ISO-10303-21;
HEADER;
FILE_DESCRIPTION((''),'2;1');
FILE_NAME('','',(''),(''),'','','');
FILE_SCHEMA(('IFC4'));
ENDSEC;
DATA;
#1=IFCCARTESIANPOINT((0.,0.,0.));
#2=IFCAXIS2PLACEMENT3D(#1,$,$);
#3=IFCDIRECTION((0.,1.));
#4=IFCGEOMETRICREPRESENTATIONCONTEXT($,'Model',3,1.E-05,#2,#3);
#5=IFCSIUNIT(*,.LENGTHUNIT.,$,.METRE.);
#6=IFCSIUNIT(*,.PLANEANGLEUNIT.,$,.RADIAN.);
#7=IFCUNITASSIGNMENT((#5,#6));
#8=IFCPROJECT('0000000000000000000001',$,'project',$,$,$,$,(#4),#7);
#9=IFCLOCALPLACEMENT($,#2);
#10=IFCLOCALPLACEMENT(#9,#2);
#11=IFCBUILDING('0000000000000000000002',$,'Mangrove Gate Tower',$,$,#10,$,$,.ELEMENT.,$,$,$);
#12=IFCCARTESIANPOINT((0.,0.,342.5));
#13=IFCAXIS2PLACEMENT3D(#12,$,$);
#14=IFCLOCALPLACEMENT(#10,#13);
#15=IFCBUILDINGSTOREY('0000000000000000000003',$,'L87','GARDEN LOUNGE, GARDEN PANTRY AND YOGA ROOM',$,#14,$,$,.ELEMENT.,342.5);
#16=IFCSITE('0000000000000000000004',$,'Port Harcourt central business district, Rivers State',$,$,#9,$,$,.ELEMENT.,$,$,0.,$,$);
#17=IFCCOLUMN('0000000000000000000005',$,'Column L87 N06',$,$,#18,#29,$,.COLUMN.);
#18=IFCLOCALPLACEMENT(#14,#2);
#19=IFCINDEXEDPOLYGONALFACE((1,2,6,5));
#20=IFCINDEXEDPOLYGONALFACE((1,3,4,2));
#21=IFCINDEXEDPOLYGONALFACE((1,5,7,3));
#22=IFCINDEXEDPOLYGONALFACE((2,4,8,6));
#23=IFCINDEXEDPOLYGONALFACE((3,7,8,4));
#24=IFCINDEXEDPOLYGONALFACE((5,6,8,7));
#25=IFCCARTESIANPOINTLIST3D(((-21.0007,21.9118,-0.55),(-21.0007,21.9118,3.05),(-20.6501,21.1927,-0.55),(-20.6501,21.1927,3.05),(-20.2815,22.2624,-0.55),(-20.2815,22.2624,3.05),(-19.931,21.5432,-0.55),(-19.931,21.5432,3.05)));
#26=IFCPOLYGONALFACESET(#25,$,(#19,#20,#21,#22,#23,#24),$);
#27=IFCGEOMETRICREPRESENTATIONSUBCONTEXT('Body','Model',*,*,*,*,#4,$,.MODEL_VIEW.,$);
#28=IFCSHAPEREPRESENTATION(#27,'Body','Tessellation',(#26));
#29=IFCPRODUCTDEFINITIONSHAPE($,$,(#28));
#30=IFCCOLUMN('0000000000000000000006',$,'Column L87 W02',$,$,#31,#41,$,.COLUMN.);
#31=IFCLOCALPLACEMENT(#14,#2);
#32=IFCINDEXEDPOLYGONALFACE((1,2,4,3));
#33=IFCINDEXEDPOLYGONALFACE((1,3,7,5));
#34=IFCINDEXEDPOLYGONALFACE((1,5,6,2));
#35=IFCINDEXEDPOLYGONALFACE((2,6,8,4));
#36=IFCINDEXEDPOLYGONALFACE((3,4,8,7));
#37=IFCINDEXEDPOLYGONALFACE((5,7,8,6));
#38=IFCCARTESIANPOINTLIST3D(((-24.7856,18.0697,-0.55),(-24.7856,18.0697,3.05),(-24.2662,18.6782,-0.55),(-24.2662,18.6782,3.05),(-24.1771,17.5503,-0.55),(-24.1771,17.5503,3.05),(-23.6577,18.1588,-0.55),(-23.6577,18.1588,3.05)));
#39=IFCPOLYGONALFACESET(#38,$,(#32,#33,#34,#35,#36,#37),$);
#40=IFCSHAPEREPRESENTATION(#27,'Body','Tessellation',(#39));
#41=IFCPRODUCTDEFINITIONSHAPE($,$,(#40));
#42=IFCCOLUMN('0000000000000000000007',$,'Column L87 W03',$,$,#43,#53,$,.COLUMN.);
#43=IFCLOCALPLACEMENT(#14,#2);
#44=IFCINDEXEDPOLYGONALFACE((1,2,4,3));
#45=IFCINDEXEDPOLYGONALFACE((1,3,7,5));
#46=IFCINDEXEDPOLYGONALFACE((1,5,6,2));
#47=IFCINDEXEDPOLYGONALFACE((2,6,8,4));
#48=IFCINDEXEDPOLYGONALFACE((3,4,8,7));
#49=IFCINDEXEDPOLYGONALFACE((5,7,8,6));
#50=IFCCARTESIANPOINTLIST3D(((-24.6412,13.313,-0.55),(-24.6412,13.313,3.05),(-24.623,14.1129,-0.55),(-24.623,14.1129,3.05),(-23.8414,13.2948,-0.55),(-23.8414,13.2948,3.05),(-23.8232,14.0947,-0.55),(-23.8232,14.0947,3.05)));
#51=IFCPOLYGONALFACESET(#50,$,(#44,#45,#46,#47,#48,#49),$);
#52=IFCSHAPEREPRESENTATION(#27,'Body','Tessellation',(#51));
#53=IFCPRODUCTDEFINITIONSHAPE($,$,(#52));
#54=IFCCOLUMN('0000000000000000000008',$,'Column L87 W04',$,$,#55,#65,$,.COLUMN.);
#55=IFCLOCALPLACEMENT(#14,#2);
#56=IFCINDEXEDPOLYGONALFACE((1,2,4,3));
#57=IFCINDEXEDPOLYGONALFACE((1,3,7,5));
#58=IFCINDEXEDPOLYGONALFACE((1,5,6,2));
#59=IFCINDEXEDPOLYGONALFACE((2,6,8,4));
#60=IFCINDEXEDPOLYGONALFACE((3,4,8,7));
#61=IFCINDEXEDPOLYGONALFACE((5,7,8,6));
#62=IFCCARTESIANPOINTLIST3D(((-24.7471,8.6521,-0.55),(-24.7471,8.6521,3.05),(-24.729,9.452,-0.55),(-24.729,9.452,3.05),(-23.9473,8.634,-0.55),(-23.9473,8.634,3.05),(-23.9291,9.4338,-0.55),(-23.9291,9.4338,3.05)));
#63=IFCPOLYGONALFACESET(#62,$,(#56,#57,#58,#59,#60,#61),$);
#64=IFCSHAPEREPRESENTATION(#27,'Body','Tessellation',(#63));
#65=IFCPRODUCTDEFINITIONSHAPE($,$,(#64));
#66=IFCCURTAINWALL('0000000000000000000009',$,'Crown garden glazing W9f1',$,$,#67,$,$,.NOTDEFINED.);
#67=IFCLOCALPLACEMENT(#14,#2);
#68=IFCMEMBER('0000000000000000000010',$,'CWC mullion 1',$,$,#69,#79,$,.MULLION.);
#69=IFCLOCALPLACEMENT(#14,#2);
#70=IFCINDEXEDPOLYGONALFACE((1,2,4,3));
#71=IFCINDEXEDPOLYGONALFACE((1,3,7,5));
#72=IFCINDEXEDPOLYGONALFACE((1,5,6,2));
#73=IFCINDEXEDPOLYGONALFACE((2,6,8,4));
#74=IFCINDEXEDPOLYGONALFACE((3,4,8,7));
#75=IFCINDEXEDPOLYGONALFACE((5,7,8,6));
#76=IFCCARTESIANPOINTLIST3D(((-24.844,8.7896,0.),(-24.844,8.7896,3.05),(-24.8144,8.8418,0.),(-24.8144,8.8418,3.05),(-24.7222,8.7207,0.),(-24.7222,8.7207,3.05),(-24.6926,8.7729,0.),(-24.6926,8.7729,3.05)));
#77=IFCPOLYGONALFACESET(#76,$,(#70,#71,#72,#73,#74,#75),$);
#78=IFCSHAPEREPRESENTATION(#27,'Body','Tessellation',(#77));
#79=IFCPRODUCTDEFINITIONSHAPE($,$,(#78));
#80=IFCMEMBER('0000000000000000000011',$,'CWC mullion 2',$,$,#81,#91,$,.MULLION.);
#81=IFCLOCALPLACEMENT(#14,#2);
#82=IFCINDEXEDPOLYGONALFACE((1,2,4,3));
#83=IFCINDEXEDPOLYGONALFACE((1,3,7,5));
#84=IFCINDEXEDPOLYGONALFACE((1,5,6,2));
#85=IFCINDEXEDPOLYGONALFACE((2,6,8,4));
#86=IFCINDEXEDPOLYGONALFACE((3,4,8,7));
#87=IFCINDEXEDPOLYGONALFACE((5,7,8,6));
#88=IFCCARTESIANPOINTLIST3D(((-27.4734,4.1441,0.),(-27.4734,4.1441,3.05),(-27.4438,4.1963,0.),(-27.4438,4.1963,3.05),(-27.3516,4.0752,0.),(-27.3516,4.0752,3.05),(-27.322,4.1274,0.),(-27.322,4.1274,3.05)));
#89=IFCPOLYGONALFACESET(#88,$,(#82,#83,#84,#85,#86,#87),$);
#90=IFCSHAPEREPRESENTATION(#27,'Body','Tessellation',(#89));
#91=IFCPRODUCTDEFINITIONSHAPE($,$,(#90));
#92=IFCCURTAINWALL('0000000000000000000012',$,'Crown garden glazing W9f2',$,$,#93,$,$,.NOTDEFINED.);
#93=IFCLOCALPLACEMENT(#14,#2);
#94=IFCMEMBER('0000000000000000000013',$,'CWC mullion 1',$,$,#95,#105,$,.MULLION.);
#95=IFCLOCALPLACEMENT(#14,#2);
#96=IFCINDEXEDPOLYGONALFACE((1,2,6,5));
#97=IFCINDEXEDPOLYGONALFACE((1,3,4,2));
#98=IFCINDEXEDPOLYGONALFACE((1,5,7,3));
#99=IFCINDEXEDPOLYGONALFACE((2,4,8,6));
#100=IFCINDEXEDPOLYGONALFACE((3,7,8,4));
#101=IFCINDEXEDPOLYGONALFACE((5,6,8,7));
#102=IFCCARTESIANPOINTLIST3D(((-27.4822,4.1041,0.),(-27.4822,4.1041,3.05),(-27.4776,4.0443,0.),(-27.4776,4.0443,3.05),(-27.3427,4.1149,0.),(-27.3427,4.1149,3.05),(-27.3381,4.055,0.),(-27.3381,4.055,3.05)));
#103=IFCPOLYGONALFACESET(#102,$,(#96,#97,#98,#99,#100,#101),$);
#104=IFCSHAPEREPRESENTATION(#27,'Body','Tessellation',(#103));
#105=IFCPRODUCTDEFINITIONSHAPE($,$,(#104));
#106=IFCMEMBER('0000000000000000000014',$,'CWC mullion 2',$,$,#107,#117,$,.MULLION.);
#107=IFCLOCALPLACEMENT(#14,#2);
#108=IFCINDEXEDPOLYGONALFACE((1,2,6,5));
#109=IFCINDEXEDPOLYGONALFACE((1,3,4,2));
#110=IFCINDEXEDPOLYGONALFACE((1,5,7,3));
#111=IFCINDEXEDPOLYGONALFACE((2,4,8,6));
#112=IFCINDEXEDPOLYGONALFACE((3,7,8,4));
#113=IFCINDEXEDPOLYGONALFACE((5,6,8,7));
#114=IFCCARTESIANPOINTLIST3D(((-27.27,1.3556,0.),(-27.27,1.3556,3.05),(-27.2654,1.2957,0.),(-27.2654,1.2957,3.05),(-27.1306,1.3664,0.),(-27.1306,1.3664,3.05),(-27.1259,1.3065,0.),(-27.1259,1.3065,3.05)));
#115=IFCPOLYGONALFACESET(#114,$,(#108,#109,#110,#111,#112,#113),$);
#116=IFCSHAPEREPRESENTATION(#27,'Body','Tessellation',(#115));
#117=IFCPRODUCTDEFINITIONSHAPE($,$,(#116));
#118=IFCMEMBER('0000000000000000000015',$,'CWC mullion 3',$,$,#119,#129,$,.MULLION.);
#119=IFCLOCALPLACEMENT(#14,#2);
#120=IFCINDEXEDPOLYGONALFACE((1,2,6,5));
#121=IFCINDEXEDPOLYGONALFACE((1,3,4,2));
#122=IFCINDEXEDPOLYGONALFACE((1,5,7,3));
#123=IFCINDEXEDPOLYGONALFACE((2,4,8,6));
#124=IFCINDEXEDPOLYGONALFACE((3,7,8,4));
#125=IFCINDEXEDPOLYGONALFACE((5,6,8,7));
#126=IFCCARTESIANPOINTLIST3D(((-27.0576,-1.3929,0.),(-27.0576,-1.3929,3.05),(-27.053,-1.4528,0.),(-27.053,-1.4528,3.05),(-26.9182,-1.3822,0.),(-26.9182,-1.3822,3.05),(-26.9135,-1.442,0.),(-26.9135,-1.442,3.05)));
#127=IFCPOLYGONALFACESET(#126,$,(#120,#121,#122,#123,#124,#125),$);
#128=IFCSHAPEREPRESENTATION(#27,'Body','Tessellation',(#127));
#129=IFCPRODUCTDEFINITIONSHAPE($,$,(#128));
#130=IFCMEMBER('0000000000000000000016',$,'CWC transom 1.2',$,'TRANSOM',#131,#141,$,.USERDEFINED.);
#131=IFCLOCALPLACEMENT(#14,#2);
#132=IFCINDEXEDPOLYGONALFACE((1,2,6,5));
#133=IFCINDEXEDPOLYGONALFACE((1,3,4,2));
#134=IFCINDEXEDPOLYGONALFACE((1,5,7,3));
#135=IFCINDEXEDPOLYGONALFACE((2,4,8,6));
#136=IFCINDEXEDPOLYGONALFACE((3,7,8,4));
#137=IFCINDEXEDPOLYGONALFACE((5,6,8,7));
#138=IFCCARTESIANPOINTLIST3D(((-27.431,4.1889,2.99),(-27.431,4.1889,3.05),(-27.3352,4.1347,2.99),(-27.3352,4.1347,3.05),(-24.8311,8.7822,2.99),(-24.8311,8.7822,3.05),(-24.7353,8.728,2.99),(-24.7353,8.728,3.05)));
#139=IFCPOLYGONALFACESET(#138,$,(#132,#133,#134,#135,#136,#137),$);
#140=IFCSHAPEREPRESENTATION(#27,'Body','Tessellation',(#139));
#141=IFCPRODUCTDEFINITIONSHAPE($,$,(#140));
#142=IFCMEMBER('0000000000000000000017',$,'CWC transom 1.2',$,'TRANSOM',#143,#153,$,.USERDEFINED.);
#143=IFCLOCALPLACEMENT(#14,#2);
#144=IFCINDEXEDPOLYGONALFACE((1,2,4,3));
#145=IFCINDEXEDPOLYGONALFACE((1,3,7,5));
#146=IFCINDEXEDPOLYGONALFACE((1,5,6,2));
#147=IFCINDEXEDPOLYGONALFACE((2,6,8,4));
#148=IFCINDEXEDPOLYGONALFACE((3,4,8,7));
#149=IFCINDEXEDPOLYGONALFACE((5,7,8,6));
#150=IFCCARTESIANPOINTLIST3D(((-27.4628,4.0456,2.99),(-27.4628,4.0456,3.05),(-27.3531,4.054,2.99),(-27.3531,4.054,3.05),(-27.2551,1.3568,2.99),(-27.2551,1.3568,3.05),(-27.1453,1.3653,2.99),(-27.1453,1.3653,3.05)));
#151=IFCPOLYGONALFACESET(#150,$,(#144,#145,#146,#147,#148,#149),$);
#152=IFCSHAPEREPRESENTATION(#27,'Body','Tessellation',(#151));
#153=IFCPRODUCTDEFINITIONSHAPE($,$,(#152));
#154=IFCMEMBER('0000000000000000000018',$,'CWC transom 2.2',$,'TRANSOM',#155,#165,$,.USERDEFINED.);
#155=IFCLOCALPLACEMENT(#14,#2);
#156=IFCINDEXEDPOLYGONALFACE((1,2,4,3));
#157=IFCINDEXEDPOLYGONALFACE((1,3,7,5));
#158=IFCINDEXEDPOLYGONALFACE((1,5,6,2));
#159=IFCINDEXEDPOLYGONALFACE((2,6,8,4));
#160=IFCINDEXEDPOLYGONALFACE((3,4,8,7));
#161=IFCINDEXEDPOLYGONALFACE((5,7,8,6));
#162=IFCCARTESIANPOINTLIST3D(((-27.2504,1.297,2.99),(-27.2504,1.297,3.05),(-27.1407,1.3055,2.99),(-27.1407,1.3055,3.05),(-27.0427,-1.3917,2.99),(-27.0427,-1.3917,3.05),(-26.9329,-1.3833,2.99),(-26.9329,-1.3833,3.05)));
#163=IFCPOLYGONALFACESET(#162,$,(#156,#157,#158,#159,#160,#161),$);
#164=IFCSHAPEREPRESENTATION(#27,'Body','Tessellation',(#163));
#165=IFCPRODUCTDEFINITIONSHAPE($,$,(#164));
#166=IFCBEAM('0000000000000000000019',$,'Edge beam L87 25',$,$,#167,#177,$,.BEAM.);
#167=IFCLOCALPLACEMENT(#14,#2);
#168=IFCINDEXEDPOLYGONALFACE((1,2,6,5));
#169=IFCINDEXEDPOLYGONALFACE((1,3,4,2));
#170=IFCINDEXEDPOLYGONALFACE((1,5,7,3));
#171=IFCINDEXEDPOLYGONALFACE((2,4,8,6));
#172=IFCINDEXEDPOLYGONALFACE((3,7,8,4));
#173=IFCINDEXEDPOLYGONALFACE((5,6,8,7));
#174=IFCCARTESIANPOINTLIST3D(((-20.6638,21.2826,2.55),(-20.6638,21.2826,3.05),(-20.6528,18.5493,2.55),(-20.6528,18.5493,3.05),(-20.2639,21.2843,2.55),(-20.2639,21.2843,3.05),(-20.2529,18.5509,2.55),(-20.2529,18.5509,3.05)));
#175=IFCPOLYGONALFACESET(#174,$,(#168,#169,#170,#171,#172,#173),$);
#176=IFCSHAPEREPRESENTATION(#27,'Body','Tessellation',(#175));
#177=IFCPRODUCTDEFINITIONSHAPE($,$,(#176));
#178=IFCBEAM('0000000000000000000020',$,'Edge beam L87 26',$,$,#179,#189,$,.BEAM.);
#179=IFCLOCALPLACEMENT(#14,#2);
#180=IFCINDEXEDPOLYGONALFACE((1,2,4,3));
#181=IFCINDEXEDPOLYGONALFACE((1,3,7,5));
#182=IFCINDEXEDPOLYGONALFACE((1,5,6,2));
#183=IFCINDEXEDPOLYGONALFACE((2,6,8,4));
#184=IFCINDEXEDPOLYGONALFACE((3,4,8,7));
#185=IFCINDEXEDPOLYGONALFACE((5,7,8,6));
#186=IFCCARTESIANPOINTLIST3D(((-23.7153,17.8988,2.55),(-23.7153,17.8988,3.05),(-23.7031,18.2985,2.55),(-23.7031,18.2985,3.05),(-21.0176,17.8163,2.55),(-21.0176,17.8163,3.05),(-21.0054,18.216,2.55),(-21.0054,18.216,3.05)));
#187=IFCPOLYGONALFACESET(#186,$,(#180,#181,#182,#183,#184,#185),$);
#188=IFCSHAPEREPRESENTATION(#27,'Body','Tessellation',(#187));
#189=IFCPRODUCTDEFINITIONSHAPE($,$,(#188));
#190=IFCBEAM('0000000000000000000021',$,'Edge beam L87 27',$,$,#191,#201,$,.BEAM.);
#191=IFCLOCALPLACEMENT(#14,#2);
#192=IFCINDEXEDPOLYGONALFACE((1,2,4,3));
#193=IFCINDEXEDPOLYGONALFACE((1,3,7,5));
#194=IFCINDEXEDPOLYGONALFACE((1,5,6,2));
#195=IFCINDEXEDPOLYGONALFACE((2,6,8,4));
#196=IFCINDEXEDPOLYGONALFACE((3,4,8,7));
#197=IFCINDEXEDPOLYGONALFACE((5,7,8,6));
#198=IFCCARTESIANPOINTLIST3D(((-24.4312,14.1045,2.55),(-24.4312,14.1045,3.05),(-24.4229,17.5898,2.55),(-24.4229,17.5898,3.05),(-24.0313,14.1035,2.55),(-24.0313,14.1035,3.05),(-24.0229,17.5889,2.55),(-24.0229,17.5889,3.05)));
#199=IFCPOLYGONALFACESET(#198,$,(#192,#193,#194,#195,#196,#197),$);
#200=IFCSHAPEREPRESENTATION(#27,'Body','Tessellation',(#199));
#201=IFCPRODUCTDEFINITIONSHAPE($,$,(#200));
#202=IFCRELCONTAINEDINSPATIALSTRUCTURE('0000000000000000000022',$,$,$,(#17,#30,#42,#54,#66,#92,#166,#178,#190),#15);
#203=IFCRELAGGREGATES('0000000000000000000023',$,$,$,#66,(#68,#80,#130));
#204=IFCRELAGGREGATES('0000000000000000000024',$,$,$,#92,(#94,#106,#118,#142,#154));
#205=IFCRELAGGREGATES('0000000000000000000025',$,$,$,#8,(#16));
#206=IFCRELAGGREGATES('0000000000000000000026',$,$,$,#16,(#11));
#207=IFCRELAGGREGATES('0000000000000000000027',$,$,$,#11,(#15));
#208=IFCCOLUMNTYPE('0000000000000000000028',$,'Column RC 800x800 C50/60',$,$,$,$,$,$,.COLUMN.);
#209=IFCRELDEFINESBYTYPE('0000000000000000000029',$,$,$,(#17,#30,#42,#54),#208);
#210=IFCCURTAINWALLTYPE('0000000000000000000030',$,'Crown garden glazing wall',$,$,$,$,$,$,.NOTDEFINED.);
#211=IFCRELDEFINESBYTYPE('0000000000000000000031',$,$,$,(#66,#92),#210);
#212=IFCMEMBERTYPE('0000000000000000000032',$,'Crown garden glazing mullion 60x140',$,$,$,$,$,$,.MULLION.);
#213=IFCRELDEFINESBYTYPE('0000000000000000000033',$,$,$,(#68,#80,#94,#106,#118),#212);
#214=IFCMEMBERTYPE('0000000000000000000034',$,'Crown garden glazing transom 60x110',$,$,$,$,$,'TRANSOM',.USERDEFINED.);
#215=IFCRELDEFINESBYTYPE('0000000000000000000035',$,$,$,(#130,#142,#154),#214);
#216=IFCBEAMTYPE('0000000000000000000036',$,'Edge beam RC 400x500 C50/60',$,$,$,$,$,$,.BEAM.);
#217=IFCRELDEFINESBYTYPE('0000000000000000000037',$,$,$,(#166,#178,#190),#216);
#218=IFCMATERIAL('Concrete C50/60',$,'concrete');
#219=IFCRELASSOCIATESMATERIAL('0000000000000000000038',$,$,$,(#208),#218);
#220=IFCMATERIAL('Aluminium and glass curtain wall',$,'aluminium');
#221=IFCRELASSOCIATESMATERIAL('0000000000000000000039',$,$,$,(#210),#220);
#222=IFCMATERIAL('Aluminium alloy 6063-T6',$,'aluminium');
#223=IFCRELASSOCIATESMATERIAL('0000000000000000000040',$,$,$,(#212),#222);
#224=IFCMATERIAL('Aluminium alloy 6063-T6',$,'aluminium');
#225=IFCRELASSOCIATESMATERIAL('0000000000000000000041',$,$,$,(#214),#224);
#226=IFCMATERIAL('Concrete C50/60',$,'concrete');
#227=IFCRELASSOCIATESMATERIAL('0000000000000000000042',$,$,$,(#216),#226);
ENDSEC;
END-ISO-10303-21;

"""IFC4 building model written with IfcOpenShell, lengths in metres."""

from ifc_helpers import new_model, si_unit, direction, frame, origin, origin_2d, place, context, subcontext, project, spatial, rectangle, extrude, material, material_profile, profile_set, type_object, element, aggregate, save


model = new_model("IFC4")

# Units and contexts
model_context = context("Model", 3, precision=1e-05, world=origin(), true_north=direction((0.0, 1.0)))
body_context = subcontext(model_context, "Body", "Model", "MODEL_VIEW")
ifc_project = project(units=[si_unit("LENGTHUNIT", "METRE"), si_unit("PLANEANGLEUNIT", "RADIAN")], contexts=[model_context])

# Site, building, storey
site_placement = place(None, origin())
site = spatial("IfcSite", under=ifc_project, at=site_placement, Name="Port Harcourt central business district, Rivers State", CompositionType="ELEMENT", RefElevation=0.0)
building_placement = place(site_placement, origin())
building = spatial("IfcBuilding", under=site, at=building_placement, Name="Mangrove Gate Tower", CompositionType="ELEMENT")
storey_placement = place(building_placement, frame((0.0, 0.0, 342.5)))
storey = spatial("IfcBuildingStorey", under=building, at=storey_placement, Name="L87", Description="GARDEN LOUNGE, GARDEN PANTRY AND YOGA ROOM", CompositionType="ELEMENT", Elevation=342.5)

# Columns
ifc_material_1 = material(Name="Concrete C50/60", Category="concrete")
ifc_material_profile_1 = material_profile(ifc_material_1, rectangle(XDim=0.8, YDim=0.8, at=origin_2d()))
ifc_profile_set_1 = profile_set([ifc_material_profile_1], Name="Concrete C50/60")
column_type = type_object("IfcColumnType", Name="Column RC 800x800 C50/60", PredefinedType="COLUMN", material=ifc_profile_set_1)
for number, where, z_axis, x_axis, name in (
    (1, (-20.4658, 21.7275, -0.55), (0.0, 0.0, 1.0), (-0.898894, -0.438167, 0.0), "Column L87 N06"),
    (2, (-24.2217, 18.1143, -0.55), (0.0, 0.0, 1.0), (-0.649215, -0.760605, 0.0), "Column L87 W02"),
    (3, (-24.2322, 13.7039, -0.55), (0.0, 0.0, 1.0), (-0.022736, -0.999742, 0.0), "Column L87 W03"),
    (4, (-24.3381, 9.043, -0.55), (0.0, 0.0, 1.0), (-0.022702, -0.999742, 0.0), "Column L87 W04"),
):
    element("IfcColumn", number, at=place(storey_placement, frame(where, z_axis=z_axis, x_axis=x_axis)), inside=storey, type_object=column_type, Name=name, PredefinedType="COLUMN", context=body_context, shape_type="SweptSolid", body=[
        extrude(rectangle(XDim=0.8, YDim=0.8, at=origin_2d()), origin(), (0.0, 0.0, 1.0), 3.6001),
    ])

# Curtain walls, members
ifc_material_2 = material(Name="Aluminium and glass curtain wall", Category="aluminium")
curtain_wall_type = type_object("IfcCurtainWallType", Name="Crown garden glazing wall", PredefinedType="NOTDEFINED", material=ifc_material_2)
curtain_wall_1_placement = place(storey_placement, origin())
curtain_wall_1 = element("IfcCurtainWall", 5, at=curtain_wall_1_placement, inside=storey, type_object=curtain_wall_type, Name="Crown garden glazing W9f1", PredefinedType="NOTDEFINED")
ifc_material_3 = material(Name="Aluminium alloy 6063-T6", Category="aluminium")
ifc_material_profile_2 = material_profile(ifc_material_3, rectangle(XDim=0.0601, YDim=0.1399, at=origin_2d()))
ifc_profile_set_2 = profile_set([ifc_material_profile_2], Name="Aluminium alloy 6063-T6")
member_type_1 = type_object("IfcMemberType", Name="Crown garden glazing mullion 60x140", PredefinedType="MULLION", material=ifc_profile_set_2)
member_1_placement = place(storey_placement, frame((-24.7683, 8.7812, 0.0), z_axis=(0.0, 0.0, 1.0), x_axis=(-0.492583, -0.870265, 0.0)))
member_1 = element("IfcMember", 6, at=member_1_placement, type_object=member_type_1, Name="CWC mullion 1", PredefinedType="MULLION", context=body_context, shape_type="SweptSolid", body=[
    extrude(rectangle(XDim=0.0601, YDim=0.1399, at=origin_2d()), origin(), (0.0, 0.0, 1.0), 3.05),
])
member_2_placement = place(storey_placement, frame((-27.3977, 4.1357, 0.0), z_axis=(0.0, 0.0, 1.0), x_axis=(-0.492583, -0.870265, 0.0)))
member_2 = element("IfcMember", 7, at=member_2_placement, type_object=member_type_1, Name="CWC mullion 2", PredefinedType="MULLION", context=body_context, shape_type="SweptSolid", body=[
    extrude(rectangle(XDim=0.0601, YDim=0.1399, at=origin_2d()), origin(), (0.0, 0.0, 1.0), 3.05),
])
curtain_wall_2_placement = place(storey_placement, origin())
curtain_wall_2 = element("IfcCurtainWall", 8, at=curtain_wall_2_placement, inside=storey, type_object=curtain_wall_type, Name="Crown garden glazing W9f2", PredefinedType="NOTDEFINED")
member_3_placement = place(storey_placement, frame((-27.4102, 4.0796, 0.0), z_axis=(0.0, 0.0, 1.0), x_axis=(0.077023, -0.997029, 0.0)))
member_3 = element("IfcMember", 9, at=member_3_placement, type_object=member_type_1, Name="CWC mullion 1", PredefinedType="MULLION", context=body_context, shape_type="SweptSolid", body=[
    extrude(rectangle(XDim=0.0601, YDim=0.1399, at=origin_2d()), origin(), (0.0, 0.0, 1.0), 3.05),
])
member_4_placement = place(storey_placement, frame((-27.198, 1.3311, 0.0), z_axis=(0.0, 0.0, 1.0), x_axis=(0.077023, -0.997029, 0.0)))
member_4 = element("IfcMember", 10, at=member_4_placement, type_object=member_type_1, Name="CWC mullion 2", PredefinedType="MULLION", context=body_context, shape_type="SweptSolid", body=[
    extrude(rectangle(XDim=0.0601, YDim=0.1399, at=origin_2d()), origin(), (0.0, 0.0, 1.0), 3.05),
])
member_5_placement = place(storey_placement, frame((-26.9856, -1.4175, 0.0), z_axis=(0.0, 0.0, 1.0), x_axis=(0.077023, -0.997029, 0.0)))
member_5 = element("IfcMember", 11, at=member_5_placement, type_object=member_type_1, Name="CWC mullion 3", PredefinedType="MULLION", context=body_context, shape_type="SweptSolid", body=[
    extrude(rectangle(XDim=0.0601, YDim=0.1399, at=origin_2d()), origin(), (0.0, 0.0, 1.0), 3.05),
])

# Members
ifc_material_4 = material(Name="Aluminium alloy 6063-T6", Category="aluminium")
ifc_material_profile_3 = material_profile(ifc_material_4, rectangle(XDim=0.0601, YDim=0.1101, at=origin_2d()))
ifc_profile_set_3 = profile_set([ifc_material_profile_3], Name="Aluminium alloy 6063-T6")
member_type_2 = type_object("IfcMemberType", Name="Crown garden glazing transom 60x110", ElementType="TRANSOM", PredefinedType="USERDEFINED", material=ifc_profile_set_3)
member_6_placement = place(storey_placement, frame((-24.7832, 8.7551, 3.02), z_axis=(-0.492583, -0.870265, 0.0), x_axis=(0.0, 0.0, 1.0)))
member_6 = element("IfcMember", 12, at=member_6_placement, type_object=member_type_2, Name="CWC transom 1.2", ObjectType="TRANSOM", PredefinedType="USERDEFINED", context=body_context, shape_type="SweptSolid", body=[
    extrude(rectangle(XDim=0.0601, YDim=0.1101, at=origin_2d()), origin(), (0.0, 0.0, 1.0), 5.2781),
])
member_7_placement = place(storey_placement, frame((-27.408, 4.0498, 3.02), z_axis=(0.077043, -0.997028, 0.0), x_axis=(0.0, 0.0, 1.0)))
member_7 = element("IfcMember", 13, at=member_7_placement, type_object=member_type_2, Name="CWC transom 1.2", ObjectType="TRANSOM", PredefinedType="USERDEFINED", context=body_context, shape_type="SweptSolid", body=[
    extrude(rectangle(XDim=0.0601, YDim=0.1101, at=origin_2d()), origin(), (0.0, 0.0, 1.0), 2.6968),
])
member_8_placement = place(storey_placement, frame((-27.1956, 1.3013, 3.02), z_axis=(0.077043, -0.997028, 0.0), x_axis=(0.0, 0.0, 1.0)))
member_8 = element("IfcMember", 14, at=member_8_placement, type_object=member_type_2, Name="CWC transom 2.2", ObjectType="TRANSOM", PredefinedType="USERDEFINED", context=body_context, shape_type="SweptSolid", body=[
    extrude(rectangle(XDim=0.0601, YDim=0.1101, at=origin_2d()), origin(), (0.0, 0.0, 1.0), 2.6968),
])

# Beams
ifc_material_5 = material(Name="Concrete C50/60", Category="concrete")
ifc_material_profile_4 = material_profile(ifc_material_5, rectangle(XDim=0.3999, YDim=0.5, at=origin_2d()))
ifc_profile_set_4 = profile_set([ifc_material_profile_4], Name="Concrete C50/60")
beam_type_1 = type_object("IfcBeamType", Name="Edge beam RC 400x500 C50/60", PredefinedType="BEAM", material=ifc_profile_set_4)
beam_1_placement = place(storey_placement, frame((-20.4639, 21.2834, 2.8), z_axis=(0.004019, -0.999992, 0.0), x_axis=(0.999992, 0.004019, 0.0)))
element("IfcBeam", 15, at=beam_1_placement, inside=storey, type_object=beam_type_1, Name="Edge beam L87 25", PredefinedType="BEAM", context=body_context, shape_type="SweptSolid", body=[
    extrude(rectangle(XDim=0.3999, YDim=0.5, at=origin_2d()), origin(), (0.0, 0.0, 1.0), 2.7334),
])
beam_2_placement = place(storey_placement, frame((-21.0115, 18.0161, 2.8), z_axis=(-0.999533, 0.030574, 0.0), x_axis=(-0.030574, -0.999533, 0.0)))
element("IfcBeam", 16, at=beam_2_placement, inside=storey, type_object=beam_type_1, Name="Edge beam L87 26", PredefinedType="BEAM", context=body_context, shape_type="SweptSolid", body=[
    extrude(rectangle(XDim=0.3999, YDim=0.5, at=origin_2d()), origin(), (0.0, 0.0, 1.0), 2.699),
])
beam_3_placement = place(storey_placement, frame((-24.2229, 17.5894, 2.8), z_axis=(-0.002382, -0.999997, 0.0), x_axis=(0.999997, -0.002382, 0.0)))
element("IfcBeam", 17, at=beam_3_placement, inside=storey, type_object=beam_type_1, Name="Edge beam L87 27", PredefinedType="BEAM", context=body_context, shape_type="SweptSolid", body=[
    extrude(rectangle(XDim=0.3999, YDim=0.5, at=origin_2d()), origin(), (0.0, 0.0, 1.0), 3.4854),
])

aggregate(curtain_wall_1, [member_1, member_2, member_6])
aggregate(curtain_wall_2, [member_3, member_4, member_5, member_7, member_8])

save(model, "model.ifc")
